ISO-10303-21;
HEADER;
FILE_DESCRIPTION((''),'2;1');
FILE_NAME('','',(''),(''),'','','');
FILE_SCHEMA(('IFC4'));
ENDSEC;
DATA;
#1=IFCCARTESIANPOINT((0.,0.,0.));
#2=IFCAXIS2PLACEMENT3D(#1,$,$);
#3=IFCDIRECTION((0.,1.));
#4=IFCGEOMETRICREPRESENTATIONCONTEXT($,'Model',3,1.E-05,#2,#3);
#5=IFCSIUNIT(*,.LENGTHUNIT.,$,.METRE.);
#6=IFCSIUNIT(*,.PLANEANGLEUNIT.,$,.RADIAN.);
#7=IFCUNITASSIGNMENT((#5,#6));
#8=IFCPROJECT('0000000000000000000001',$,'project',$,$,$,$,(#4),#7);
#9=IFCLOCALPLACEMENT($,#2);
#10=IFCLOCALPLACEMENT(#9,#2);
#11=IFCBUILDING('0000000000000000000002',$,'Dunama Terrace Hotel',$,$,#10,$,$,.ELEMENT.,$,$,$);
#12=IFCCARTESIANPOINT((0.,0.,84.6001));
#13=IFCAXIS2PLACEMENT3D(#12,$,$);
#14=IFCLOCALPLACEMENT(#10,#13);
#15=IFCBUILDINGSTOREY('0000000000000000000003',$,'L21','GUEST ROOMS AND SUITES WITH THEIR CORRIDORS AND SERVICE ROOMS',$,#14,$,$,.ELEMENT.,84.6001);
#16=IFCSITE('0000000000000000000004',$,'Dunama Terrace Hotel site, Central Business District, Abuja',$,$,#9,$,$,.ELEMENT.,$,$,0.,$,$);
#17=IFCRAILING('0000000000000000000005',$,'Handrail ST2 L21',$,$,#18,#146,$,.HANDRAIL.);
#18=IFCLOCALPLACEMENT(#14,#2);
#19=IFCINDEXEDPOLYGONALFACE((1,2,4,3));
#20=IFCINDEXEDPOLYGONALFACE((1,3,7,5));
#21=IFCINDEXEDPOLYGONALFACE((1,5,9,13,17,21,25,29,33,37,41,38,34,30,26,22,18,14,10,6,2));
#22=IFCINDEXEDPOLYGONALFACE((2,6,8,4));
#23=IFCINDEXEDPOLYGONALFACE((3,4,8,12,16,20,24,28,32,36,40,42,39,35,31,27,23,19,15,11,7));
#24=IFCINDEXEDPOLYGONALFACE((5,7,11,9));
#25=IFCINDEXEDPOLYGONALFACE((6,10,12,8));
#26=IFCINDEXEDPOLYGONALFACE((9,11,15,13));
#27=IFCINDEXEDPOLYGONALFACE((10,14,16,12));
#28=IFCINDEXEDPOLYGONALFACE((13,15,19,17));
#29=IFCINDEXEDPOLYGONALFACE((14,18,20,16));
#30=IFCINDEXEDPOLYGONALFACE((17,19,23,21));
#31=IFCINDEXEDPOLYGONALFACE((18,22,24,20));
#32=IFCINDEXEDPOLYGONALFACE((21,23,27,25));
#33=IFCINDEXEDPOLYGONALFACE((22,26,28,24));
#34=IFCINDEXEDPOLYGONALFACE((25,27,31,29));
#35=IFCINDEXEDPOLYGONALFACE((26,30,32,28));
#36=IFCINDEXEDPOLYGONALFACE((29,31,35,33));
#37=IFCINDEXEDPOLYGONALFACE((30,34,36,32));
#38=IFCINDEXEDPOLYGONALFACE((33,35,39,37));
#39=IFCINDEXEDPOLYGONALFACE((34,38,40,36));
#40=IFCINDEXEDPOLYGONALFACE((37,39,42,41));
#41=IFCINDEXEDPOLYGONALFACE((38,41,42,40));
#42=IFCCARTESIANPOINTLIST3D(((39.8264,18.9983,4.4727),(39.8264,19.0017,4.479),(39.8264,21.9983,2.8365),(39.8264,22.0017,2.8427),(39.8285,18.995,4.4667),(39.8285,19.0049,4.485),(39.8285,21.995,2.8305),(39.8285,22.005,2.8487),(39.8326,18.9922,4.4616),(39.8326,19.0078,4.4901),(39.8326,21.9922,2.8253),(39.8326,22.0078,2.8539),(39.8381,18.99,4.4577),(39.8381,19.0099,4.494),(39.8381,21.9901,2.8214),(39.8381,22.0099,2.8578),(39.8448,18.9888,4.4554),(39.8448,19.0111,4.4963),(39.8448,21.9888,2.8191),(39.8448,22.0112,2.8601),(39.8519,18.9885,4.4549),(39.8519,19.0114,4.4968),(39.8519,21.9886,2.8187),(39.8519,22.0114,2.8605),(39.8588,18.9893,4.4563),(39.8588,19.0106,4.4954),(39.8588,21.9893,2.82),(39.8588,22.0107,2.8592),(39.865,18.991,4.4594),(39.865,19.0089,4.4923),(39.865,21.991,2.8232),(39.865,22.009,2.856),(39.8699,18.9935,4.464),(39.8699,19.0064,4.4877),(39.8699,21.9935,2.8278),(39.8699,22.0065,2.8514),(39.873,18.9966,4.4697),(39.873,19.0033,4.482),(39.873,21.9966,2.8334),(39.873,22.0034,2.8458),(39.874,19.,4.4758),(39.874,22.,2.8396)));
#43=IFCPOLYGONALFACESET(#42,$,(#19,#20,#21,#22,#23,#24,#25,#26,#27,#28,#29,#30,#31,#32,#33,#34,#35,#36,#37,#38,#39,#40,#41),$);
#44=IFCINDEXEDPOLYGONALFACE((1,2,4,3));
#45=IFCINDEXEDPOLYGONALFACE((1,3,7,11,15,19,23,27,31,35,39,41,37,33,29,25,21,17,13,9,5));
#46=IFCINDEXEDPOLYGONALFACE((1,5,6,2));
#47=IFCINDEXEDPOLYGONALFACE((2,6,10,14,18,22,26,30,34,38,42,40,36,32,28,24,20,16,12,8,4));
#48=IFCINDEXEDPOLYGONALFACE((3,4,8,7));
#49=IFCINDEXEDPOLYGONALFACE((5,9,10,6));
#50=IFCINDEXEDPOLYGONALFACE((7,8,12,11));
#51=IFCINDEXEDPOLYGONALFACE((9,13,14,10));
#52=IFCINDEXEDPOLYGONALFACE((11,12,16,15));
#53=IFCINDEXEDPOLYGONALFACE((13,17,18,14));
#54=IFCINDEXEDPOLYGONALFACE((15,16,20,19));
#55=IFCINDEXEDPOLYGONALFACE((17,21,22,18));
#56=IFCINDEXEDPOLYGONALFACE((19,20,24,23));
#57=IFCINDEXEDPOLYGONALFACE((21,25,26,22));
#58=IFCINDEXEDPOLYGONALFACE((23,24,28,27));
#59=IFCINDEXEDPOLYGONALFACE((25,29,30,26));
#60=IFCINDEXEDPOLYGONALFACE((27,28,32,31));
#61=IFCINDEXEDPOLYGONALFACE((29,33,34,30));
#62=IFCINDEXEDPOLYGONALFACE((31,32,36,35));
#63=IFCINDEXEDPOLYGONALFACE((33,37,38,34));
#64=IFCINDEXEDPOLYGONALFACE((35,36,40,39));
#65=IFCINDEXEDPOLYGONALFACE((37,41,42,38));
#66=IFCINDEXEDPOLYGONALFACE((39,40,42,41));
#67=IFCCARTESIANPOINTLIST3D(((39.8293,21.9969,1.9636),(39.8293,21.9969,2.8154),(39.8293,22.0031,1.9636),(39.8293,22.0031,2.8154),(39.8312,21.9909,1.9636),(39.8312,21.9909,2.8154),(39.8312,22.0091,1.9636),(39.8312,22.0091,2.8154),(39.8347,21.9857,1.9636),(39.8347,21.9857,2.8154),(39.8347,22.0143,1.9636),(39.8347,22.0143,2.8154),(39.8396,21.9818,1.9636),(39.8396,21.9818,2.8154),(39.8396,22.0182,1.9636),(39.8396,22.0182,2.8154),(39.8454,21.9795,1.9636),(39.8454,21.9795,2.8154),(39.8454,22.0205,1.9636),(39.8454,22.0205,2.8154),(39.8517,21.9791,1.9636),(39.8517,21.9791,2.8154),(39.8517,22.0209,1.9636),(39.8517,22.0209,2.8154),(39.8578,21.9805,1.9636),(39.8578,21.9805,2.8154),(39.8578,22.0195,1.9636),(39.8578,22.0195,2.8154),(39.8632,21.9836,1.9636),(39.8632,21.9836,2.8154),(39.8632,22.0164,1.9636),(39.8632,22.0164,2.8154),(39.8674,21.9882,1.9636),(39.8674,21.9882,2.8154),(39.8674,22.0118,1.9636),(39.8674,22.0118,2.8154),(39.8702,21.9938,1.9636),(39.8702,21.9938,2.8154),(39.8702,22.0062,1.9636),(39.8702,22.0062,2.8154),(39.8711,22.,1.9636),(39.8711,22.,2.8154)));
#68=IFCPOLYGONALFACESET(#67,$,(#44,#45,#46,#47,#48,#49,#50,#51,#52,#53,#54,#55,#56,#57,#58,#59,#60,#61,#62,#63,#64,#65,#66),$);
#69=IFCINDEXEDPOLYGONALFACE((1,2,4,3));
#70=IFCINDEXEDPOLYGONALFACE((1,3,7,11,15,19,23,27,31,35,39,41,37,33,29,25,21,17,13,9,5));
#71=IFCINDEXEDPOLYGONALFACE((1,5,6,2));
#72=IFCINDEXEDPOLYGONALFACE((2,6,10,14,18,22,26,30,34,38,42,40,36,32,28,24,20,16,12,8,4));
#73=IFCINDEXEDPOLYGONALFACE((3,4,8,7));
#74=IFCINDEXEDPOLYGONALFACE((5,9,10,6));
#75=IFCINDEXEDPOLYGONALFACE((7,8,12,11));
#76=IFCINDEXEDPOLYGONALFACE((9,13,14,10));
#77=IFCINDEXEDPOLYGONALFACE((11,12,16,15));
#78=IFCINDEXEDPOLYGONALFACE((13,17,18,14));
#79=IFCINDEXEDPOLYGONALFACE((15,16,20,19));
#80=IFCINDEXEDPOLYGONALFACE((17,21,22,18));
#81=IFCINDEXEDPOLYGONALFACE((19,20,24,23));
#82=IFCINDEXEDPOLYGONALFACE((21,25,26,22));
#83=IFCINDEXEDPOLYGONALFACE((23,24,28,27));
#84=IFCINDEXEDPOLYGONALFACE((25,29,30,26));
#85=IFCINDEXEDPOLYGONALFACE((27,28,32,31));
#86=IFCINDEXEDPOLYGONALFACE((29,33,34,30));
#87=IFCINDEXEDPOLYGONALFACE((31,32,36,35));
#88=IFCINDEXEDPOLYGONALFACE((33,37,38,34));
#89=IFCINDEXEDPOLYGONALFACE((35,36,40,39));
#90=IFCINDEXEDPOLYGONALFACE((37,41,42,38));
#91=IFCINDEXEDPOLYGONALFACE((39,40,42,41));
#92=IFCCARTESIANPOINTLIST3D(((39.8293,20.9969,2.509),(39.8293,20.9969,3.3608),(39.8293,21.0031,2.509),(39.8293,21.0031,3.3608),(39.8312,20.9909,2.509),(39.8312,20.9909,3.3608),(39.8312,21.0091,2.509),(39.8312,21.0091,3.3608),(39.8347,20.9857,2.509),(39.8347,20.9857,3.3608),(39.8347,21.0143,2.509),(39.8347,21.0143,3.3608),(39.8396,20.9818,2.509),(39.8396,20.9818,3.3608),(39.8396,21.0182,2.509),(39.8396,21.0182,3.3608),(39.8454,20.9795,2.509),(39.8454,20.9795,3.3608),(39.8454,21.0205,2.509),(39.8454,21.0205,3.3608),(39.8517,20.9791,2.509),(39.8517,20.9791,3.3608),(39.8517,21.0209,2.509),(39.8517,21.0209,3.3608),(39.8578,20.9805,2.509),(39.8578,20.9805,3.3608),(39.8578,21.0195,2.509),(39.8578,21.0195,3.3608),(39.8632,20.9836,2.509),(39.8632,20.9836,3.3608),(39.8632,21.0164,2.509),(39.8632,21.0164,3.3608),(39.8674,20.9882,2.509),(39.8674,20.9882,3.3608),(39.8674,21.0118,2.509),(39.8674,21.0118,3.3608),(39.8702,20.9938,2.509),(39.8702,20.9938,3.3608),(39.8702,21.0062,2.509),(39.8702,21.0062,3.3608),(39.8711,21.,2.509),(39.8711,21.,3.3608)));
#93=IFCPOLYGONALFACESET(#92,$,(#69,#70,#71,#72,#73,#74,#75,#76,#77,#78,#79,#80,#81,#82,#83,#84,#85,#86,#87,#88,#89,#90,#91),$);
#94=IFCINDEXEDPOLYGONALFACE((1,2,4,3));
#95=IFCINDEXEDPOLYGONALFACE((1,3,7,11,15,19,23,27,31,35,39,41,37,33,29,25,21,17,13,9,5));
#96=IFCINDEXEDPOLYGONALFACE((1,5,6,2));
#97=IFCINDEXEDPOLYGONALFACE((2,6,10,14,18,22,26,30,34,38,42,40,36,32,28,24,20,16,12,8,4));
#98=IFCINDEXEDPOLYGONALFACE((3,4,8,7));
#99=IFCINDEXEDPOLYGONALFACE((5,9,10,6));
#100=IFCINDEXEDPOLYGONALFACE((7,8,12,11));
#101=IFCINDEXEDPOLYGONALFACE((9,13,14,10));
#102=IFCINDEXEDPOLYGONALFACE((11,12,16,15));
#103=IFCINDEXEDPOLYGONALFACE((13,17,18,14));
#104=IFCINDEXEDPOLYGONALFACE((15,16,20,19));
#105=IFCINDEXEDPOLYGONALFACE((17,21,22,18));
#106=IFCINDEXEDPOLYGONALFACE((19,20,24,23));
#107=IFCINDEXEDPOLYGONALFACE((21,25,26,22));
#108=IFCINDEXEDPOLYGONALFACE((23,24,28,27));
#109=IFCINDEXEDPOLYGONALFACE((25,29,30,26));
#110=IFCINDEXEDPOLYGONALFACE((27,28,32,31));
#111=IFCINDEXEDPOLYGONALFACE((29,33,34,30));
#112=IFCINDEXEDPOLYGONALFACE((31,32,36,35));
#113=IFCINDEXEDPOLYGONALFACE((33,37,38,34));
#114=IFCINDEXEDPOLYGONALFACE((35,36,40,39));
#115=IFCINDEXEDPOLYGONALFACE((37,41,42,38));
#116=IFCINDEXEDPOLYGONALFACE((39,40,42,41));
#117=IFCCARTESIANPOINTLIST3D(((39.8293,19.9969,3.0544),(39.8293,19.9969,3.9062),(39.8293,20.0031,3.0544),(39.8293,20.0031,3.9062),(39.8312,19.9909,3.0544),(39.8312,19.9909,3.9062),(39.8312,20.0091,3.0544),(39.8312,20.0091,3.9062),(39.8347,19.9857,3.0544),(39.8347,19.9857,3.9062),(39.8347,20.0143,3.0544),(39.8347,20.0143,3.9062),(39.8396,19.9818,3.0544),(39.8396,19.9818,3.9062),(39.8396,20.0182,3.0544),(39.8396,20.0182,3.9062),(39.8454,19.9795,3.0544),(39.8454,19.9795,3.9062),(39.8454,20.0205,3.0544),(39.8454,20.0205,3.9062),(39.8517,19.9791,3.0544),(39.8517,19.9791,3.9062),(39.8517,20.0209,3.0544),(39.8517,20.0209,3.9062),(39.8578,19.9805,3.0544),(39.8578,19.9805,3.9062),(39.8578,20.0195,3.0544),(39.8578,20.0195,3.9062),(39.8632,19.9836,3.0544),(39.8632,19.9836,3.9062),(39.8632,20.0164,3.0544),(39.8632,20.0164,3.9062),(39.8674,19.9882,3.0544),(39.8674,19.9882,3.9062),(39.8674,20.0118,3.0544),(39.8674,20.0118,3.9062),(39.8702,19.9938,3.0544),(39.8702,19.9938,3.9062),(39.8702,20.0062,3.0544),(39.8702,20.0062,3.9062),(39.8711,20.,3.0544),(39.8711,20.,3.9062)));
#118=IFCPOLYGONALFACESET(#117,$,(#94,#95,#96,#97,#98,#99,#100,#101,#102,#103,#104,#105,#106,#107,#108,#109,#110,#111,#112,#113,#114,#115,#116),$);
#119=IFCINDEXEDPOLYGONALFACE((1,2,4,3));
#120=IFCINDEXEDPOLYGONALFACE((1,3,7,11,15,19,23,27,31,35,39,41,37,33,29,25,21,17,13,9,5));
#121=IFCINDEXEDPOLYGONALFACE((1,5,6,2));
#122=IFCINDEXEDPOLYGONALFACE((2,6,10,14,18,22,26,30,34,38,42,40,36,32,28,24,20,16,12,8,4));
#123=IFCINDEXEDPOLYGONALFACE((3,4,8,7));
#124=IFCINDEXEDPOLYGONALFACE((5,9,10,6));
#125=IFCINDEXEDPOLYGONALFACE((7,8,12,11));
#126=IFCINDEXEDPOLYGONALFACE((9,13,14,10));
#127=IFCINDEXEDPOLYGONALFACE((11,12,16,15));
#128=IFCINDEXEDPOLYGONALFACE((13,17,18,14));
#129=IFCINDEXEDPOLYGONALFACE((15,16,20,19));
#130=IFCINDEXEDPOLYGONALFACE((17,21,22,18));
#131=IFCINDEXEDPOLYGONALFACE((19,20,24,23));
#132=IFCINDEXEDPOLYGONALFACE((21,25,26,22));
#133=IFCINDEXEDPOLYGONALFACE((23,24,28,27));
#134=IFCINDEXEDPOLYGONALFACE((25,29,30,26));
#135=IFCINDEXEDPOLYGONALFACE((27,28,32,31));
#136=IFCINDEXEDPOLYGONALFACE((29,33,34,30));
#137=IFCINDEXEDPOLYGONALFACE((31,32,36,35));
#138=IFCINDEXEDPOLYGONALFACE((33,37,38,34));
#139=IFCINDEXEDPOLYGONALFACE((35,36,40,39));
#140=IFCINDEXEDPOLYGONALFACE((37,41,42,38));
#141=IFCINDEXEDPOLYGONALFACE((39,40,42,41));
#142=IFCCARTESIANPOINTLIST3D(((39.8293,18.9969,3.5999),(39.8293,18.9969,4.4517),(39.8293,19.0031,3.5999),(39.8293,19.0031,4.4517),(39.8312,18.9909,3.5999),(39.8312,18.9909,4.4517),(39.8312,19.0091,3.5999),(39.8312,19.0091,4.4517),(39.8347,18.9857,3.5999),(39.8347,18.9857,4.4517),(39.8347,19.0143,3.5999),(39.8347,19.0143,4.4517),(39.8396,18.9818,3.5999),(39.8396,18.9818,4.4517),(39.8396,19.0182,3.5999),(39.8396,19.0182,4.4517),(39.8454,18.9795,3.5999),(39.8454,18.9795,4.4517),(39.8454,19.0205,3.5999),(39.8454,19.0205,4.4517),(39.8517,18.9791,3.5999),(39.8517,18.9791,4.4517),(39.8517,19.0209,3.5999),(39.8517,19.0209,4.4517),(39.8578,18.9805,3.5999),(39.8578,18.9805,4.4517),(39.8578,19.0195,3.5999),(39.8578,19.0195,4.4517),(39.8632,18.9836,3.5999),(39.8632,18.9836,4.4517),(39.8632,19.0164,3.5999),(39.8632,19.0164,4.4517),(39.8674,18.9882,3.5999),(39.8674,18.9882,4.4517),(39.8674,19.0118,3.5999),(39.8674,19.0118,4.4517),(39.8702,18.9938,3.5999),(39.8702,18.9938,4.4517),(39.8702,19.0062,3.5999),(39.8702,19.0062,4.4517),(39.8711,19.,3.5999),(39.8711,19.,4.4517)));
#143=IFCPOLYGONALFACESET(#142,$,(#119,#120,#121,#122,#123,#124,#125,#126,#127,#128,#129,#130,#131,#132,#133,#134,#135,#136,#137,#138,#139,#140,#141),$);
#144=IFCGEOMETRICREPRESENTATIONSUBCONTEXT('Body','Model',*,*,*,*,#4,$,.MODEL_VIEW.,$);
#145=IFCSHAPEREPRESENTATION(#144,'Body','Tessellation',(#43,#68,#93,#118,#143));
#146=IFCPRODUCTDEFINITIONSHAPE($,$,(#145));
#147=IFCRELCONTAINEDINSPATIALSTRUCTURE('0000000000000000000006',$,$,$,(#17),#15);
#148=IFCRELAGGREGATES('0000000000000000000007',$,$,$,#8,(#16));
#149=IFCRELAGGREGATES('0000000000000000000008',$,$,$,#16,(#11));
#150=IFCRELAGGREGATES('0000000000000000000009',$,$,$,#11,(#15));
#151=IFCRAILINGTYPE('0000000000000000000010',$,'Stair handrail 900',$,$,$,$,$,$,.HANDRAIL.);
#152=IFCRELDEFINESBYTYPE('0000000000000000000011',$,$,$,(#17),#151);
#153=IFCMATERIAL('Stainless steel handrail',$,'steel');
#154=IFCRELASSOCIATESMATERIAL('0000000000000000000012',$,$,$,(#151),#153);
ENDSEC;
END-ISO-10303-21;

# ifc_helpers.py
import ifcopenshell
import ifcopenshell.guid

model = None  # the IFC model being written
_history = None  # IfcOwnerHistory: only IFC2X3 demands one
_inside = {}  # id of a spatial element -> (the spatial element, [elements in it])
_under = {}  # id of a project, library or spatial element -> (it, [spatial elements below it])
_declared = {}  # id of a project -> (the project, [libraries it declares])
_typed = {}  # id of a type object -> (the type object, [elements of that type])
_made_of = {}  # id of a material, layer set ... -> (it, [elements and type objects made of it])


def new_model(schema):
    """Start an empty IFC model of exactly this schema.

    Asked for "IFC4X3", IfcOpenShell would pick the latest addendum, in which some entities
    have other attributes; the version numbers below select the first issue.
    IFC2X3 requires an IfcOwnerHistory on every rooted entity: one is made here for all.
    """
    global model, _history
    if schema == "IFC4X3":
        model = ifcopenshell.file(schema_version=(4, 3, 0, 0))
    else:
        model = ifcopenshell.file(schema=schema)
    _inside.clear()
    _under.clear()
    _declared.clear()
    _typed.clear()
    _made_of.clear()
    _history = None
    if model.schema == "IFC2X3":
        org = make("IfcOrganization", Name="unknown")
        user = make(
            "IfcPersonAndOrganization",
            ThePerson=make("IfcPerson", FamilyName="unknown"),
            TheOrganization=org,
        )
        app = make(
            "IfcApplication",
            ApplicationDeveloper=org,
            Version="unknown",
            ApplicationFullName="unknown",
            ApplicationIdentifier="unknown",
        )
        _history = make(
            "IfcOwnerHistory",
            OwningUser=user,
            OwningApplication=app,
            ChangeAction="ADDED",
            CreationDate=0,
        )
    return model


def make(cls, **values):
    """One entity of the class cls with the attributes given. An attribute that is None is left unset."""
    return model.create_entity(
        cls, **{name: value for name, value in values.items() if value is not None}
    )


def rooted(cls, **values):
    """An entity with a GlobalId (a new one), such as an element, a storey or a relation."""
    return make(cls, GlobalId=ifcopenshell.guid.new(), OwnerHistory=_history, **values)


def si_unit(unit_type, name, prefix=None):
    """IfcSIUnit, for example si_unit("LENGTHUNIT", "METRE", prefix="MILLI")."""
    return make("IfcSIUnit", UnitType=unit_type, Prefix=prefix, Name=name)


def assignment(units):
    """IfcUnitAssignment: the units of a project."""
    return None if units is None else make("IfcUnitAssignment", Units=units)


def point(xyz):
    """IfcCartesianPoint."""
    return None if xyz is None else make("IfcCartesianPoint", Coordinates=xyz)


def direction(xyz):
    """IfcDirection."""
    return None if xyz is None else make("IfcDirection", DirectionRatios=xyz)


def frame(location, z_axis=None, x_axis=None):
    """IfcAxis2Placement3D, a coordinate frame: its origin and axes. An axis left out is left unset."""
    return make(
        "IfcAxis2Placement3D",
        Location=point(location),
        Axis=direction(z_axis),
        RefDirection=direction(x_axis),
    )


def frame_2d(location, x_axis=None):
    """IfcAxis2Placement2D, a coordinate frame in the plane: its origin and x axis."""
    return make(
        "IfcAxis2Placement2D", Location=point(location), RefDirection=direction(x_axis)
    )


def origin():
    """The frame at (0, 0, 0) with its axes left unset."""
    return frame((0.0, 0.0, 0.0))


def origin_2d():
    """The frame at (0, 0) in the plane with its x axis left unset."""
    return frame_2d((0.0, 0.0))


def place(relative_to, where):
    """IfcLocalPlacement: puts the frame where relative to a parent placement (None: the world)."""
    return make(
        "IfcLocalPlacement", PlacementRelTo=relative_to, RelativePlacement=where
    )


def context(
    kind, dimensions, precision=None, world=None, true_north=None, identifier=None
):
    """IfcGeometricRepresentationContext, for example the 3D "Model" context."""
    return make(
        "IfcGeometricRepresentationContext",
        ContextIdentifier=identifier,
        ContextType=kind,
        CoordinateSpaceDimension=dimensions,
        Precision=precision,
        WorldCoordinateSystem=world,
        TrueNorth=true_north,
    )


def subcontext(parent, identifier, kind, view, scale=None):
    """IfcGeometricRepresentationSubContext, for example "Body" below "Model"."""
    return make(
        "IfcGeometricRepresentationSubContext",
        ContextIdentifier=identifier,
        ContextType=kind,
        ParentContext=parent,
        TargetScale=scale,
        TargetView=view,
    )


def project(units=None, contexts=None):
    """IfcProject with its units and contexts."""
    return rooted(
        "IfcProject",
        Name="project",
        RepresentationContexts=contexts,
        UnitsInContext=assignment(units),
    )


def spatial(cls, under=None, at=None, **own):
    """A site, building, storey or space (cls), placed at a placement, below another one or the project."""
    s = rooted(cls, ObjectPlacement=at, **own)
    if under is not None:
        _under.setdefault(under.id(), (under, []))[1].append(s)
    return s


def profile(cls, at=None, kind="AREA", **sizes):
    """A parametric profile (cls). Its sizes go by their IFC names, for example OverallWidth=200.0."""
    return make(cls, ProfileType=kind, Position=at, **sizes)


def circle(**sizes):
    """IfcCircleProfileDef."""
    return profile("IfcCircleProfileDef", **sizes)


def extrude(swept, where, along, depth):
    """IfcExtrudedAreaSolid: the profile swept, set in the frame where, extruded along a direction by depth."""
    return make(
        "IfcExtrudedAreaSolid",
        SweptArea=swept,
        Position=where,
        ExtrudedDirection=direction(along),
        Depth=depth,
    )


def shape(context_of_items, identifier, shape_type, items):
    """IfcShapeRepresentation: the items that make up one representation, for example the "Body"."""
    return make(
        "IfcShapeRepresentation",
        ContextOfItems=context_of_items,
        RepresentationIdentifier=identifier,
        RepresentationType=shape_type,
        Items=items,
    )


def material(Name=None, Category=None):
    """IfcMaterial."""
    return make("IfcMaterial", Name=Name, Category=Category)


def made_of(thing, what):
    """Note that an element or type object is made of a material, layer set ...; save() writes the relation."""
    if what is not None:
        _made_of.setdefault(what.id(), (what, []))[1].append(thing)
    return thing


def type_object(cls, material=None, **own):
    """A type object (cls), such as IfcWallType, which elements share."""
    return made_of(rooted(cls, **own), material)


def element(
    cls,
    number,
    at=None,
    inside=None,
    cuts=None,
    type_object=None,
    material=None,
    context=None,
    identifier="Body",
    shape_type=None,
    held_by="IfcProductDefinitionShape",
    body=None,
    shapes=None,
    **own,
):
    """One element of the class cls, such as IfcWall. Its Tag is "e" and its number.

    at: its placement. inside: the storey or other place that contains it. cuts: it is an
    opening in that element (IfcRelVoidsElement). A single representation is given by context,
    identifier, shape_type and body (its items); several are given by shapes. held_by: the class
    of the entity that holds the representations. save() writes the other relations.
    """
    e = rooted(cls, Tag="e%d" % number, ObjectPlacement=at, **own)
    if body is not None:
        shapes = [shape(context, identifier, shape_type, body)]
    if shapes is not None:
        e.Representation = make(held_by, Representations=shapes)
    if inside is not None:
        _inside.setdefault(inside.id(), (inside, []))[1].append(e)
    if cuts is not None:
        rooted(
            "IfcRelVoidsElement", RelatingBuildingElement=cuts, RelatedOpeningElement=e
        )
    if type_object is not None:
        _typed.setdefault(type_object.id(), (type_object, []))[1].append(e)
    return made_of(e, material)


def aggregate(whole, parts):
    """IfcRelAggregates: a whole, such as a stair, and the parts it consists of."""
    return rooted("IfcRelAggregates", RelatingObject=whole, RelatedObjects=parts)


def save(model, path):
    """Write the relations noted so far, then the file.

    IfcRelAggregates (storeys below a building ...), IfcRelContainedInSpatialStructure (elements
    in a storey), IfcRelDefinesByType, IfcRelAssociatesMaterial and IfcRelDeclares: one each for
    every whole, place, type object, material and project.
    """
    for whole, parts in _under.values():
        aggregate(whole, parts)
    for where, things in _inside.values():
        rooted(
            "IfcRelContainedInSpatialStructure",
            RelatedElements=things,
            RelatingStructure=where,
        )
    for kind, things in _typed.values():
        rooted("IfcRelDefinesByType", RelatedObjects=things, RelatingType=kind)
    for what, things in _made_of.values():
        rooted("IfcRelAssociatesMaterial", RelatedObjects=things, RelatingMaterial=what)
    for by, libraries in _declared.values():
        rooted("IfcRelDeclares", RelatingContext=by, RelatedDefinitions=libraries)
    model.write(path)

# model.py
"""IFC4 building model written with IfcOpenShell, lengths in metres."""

from ifc_helpers import new_model, si_unit, direction, frame, origin, origin_2d, place, context, subcontext, project, spatial, circle, extrude, material, type_object, element, save


model = new_model("IFC4")

# Units and contexts
model_context = context("Model", 3, precision=1e-05, world=origin(), true_north=direction((0.0, 1.0)))
body_context = subcontext(model_context, "Body", "Model", "MODEL_VIEW")
ifc_project = project(units=[si_unit("LENGTHUNIT", "METRE"), si_unit("PLANEANGLEUNIT", "RADIAN")], contexts=[model_context])

# Site, building, storey
site_placement = place(None, origin())
site = spatial("IfcSite", under=ifc_project, at=site_placement, Name="Dunama Terrace Hotel site, Central Business District, Abuja", CompositionType="ELEMENT", RefElevation=0.0)
building_placement = place(site_placement, origin())
building = spatial("IfcBuilding", under=site, at=building_placement, Name="Dunama Terrace Hotel", CompositionType="ELEMENT")
storey_placement = place(building_placement, frame((0.0, 0.0, 84.6001)))
storey = spatial("IfcBuildingStorey", under=building, at=storey_placement, Name="L21", Description="GUEST ROOMS AND SUITES WITH THEIR CORRIDORS AND SERVICE ROOMS", CompositionType="ELEMENT", Elevation=84.6001)

# Railing
ifc_material_1 = material(Name="Stainless steel handrail", Category="steel")
railing_type = type_object("IfcRailingType", Name="Stair handrail 900", PredefinedType="HANDRAIL", material=ifc_material_1)
railing_1_placement = place(storey_placement, frame((39.8501, 22.0, 1.9636)))
element("IfcRailing", 1, at=railing_1_placement, inside=storey, type_object=railing_type, Name="Handrail ST2 L21", PredefinedType="HANDRAIL", context=body_context, shape_type="SweptSolid", body=[
    extrude(circle(Radius=0.0239, at=origin_2d()), frame((0.0, 0.0, 0.876), z_axis=(0.0, -0.877912, 0.478822), x_axis=(1.0, 0.0, 0.0)), (0.0, 0.0, 1.0), 3.4172),
    extrude(circle(Radius=0.021, at=origin_2d()), origin(), (0.0, 0.0, 1.0), 0.8518),
    extrude(circle(Radius=0.021, at=origin_2d()), frame((0.0, -1.0, 0.5454)), (0.0, 0.0, 1.0), 0.8518),
    extrude(circle(Radius=0.021, at=origin_2d()), frame((0.0, -2.0, 1.0908)), (0.0, 0.0, 1.0), 0.8518),
    extrude(circle(Radius=0.021, at=origin_2d()), frame((0.0, -3.0, 1.6362)), (0.0, 0.0, 1.0), 0.8518),
])

save(model, "model.ifc")
